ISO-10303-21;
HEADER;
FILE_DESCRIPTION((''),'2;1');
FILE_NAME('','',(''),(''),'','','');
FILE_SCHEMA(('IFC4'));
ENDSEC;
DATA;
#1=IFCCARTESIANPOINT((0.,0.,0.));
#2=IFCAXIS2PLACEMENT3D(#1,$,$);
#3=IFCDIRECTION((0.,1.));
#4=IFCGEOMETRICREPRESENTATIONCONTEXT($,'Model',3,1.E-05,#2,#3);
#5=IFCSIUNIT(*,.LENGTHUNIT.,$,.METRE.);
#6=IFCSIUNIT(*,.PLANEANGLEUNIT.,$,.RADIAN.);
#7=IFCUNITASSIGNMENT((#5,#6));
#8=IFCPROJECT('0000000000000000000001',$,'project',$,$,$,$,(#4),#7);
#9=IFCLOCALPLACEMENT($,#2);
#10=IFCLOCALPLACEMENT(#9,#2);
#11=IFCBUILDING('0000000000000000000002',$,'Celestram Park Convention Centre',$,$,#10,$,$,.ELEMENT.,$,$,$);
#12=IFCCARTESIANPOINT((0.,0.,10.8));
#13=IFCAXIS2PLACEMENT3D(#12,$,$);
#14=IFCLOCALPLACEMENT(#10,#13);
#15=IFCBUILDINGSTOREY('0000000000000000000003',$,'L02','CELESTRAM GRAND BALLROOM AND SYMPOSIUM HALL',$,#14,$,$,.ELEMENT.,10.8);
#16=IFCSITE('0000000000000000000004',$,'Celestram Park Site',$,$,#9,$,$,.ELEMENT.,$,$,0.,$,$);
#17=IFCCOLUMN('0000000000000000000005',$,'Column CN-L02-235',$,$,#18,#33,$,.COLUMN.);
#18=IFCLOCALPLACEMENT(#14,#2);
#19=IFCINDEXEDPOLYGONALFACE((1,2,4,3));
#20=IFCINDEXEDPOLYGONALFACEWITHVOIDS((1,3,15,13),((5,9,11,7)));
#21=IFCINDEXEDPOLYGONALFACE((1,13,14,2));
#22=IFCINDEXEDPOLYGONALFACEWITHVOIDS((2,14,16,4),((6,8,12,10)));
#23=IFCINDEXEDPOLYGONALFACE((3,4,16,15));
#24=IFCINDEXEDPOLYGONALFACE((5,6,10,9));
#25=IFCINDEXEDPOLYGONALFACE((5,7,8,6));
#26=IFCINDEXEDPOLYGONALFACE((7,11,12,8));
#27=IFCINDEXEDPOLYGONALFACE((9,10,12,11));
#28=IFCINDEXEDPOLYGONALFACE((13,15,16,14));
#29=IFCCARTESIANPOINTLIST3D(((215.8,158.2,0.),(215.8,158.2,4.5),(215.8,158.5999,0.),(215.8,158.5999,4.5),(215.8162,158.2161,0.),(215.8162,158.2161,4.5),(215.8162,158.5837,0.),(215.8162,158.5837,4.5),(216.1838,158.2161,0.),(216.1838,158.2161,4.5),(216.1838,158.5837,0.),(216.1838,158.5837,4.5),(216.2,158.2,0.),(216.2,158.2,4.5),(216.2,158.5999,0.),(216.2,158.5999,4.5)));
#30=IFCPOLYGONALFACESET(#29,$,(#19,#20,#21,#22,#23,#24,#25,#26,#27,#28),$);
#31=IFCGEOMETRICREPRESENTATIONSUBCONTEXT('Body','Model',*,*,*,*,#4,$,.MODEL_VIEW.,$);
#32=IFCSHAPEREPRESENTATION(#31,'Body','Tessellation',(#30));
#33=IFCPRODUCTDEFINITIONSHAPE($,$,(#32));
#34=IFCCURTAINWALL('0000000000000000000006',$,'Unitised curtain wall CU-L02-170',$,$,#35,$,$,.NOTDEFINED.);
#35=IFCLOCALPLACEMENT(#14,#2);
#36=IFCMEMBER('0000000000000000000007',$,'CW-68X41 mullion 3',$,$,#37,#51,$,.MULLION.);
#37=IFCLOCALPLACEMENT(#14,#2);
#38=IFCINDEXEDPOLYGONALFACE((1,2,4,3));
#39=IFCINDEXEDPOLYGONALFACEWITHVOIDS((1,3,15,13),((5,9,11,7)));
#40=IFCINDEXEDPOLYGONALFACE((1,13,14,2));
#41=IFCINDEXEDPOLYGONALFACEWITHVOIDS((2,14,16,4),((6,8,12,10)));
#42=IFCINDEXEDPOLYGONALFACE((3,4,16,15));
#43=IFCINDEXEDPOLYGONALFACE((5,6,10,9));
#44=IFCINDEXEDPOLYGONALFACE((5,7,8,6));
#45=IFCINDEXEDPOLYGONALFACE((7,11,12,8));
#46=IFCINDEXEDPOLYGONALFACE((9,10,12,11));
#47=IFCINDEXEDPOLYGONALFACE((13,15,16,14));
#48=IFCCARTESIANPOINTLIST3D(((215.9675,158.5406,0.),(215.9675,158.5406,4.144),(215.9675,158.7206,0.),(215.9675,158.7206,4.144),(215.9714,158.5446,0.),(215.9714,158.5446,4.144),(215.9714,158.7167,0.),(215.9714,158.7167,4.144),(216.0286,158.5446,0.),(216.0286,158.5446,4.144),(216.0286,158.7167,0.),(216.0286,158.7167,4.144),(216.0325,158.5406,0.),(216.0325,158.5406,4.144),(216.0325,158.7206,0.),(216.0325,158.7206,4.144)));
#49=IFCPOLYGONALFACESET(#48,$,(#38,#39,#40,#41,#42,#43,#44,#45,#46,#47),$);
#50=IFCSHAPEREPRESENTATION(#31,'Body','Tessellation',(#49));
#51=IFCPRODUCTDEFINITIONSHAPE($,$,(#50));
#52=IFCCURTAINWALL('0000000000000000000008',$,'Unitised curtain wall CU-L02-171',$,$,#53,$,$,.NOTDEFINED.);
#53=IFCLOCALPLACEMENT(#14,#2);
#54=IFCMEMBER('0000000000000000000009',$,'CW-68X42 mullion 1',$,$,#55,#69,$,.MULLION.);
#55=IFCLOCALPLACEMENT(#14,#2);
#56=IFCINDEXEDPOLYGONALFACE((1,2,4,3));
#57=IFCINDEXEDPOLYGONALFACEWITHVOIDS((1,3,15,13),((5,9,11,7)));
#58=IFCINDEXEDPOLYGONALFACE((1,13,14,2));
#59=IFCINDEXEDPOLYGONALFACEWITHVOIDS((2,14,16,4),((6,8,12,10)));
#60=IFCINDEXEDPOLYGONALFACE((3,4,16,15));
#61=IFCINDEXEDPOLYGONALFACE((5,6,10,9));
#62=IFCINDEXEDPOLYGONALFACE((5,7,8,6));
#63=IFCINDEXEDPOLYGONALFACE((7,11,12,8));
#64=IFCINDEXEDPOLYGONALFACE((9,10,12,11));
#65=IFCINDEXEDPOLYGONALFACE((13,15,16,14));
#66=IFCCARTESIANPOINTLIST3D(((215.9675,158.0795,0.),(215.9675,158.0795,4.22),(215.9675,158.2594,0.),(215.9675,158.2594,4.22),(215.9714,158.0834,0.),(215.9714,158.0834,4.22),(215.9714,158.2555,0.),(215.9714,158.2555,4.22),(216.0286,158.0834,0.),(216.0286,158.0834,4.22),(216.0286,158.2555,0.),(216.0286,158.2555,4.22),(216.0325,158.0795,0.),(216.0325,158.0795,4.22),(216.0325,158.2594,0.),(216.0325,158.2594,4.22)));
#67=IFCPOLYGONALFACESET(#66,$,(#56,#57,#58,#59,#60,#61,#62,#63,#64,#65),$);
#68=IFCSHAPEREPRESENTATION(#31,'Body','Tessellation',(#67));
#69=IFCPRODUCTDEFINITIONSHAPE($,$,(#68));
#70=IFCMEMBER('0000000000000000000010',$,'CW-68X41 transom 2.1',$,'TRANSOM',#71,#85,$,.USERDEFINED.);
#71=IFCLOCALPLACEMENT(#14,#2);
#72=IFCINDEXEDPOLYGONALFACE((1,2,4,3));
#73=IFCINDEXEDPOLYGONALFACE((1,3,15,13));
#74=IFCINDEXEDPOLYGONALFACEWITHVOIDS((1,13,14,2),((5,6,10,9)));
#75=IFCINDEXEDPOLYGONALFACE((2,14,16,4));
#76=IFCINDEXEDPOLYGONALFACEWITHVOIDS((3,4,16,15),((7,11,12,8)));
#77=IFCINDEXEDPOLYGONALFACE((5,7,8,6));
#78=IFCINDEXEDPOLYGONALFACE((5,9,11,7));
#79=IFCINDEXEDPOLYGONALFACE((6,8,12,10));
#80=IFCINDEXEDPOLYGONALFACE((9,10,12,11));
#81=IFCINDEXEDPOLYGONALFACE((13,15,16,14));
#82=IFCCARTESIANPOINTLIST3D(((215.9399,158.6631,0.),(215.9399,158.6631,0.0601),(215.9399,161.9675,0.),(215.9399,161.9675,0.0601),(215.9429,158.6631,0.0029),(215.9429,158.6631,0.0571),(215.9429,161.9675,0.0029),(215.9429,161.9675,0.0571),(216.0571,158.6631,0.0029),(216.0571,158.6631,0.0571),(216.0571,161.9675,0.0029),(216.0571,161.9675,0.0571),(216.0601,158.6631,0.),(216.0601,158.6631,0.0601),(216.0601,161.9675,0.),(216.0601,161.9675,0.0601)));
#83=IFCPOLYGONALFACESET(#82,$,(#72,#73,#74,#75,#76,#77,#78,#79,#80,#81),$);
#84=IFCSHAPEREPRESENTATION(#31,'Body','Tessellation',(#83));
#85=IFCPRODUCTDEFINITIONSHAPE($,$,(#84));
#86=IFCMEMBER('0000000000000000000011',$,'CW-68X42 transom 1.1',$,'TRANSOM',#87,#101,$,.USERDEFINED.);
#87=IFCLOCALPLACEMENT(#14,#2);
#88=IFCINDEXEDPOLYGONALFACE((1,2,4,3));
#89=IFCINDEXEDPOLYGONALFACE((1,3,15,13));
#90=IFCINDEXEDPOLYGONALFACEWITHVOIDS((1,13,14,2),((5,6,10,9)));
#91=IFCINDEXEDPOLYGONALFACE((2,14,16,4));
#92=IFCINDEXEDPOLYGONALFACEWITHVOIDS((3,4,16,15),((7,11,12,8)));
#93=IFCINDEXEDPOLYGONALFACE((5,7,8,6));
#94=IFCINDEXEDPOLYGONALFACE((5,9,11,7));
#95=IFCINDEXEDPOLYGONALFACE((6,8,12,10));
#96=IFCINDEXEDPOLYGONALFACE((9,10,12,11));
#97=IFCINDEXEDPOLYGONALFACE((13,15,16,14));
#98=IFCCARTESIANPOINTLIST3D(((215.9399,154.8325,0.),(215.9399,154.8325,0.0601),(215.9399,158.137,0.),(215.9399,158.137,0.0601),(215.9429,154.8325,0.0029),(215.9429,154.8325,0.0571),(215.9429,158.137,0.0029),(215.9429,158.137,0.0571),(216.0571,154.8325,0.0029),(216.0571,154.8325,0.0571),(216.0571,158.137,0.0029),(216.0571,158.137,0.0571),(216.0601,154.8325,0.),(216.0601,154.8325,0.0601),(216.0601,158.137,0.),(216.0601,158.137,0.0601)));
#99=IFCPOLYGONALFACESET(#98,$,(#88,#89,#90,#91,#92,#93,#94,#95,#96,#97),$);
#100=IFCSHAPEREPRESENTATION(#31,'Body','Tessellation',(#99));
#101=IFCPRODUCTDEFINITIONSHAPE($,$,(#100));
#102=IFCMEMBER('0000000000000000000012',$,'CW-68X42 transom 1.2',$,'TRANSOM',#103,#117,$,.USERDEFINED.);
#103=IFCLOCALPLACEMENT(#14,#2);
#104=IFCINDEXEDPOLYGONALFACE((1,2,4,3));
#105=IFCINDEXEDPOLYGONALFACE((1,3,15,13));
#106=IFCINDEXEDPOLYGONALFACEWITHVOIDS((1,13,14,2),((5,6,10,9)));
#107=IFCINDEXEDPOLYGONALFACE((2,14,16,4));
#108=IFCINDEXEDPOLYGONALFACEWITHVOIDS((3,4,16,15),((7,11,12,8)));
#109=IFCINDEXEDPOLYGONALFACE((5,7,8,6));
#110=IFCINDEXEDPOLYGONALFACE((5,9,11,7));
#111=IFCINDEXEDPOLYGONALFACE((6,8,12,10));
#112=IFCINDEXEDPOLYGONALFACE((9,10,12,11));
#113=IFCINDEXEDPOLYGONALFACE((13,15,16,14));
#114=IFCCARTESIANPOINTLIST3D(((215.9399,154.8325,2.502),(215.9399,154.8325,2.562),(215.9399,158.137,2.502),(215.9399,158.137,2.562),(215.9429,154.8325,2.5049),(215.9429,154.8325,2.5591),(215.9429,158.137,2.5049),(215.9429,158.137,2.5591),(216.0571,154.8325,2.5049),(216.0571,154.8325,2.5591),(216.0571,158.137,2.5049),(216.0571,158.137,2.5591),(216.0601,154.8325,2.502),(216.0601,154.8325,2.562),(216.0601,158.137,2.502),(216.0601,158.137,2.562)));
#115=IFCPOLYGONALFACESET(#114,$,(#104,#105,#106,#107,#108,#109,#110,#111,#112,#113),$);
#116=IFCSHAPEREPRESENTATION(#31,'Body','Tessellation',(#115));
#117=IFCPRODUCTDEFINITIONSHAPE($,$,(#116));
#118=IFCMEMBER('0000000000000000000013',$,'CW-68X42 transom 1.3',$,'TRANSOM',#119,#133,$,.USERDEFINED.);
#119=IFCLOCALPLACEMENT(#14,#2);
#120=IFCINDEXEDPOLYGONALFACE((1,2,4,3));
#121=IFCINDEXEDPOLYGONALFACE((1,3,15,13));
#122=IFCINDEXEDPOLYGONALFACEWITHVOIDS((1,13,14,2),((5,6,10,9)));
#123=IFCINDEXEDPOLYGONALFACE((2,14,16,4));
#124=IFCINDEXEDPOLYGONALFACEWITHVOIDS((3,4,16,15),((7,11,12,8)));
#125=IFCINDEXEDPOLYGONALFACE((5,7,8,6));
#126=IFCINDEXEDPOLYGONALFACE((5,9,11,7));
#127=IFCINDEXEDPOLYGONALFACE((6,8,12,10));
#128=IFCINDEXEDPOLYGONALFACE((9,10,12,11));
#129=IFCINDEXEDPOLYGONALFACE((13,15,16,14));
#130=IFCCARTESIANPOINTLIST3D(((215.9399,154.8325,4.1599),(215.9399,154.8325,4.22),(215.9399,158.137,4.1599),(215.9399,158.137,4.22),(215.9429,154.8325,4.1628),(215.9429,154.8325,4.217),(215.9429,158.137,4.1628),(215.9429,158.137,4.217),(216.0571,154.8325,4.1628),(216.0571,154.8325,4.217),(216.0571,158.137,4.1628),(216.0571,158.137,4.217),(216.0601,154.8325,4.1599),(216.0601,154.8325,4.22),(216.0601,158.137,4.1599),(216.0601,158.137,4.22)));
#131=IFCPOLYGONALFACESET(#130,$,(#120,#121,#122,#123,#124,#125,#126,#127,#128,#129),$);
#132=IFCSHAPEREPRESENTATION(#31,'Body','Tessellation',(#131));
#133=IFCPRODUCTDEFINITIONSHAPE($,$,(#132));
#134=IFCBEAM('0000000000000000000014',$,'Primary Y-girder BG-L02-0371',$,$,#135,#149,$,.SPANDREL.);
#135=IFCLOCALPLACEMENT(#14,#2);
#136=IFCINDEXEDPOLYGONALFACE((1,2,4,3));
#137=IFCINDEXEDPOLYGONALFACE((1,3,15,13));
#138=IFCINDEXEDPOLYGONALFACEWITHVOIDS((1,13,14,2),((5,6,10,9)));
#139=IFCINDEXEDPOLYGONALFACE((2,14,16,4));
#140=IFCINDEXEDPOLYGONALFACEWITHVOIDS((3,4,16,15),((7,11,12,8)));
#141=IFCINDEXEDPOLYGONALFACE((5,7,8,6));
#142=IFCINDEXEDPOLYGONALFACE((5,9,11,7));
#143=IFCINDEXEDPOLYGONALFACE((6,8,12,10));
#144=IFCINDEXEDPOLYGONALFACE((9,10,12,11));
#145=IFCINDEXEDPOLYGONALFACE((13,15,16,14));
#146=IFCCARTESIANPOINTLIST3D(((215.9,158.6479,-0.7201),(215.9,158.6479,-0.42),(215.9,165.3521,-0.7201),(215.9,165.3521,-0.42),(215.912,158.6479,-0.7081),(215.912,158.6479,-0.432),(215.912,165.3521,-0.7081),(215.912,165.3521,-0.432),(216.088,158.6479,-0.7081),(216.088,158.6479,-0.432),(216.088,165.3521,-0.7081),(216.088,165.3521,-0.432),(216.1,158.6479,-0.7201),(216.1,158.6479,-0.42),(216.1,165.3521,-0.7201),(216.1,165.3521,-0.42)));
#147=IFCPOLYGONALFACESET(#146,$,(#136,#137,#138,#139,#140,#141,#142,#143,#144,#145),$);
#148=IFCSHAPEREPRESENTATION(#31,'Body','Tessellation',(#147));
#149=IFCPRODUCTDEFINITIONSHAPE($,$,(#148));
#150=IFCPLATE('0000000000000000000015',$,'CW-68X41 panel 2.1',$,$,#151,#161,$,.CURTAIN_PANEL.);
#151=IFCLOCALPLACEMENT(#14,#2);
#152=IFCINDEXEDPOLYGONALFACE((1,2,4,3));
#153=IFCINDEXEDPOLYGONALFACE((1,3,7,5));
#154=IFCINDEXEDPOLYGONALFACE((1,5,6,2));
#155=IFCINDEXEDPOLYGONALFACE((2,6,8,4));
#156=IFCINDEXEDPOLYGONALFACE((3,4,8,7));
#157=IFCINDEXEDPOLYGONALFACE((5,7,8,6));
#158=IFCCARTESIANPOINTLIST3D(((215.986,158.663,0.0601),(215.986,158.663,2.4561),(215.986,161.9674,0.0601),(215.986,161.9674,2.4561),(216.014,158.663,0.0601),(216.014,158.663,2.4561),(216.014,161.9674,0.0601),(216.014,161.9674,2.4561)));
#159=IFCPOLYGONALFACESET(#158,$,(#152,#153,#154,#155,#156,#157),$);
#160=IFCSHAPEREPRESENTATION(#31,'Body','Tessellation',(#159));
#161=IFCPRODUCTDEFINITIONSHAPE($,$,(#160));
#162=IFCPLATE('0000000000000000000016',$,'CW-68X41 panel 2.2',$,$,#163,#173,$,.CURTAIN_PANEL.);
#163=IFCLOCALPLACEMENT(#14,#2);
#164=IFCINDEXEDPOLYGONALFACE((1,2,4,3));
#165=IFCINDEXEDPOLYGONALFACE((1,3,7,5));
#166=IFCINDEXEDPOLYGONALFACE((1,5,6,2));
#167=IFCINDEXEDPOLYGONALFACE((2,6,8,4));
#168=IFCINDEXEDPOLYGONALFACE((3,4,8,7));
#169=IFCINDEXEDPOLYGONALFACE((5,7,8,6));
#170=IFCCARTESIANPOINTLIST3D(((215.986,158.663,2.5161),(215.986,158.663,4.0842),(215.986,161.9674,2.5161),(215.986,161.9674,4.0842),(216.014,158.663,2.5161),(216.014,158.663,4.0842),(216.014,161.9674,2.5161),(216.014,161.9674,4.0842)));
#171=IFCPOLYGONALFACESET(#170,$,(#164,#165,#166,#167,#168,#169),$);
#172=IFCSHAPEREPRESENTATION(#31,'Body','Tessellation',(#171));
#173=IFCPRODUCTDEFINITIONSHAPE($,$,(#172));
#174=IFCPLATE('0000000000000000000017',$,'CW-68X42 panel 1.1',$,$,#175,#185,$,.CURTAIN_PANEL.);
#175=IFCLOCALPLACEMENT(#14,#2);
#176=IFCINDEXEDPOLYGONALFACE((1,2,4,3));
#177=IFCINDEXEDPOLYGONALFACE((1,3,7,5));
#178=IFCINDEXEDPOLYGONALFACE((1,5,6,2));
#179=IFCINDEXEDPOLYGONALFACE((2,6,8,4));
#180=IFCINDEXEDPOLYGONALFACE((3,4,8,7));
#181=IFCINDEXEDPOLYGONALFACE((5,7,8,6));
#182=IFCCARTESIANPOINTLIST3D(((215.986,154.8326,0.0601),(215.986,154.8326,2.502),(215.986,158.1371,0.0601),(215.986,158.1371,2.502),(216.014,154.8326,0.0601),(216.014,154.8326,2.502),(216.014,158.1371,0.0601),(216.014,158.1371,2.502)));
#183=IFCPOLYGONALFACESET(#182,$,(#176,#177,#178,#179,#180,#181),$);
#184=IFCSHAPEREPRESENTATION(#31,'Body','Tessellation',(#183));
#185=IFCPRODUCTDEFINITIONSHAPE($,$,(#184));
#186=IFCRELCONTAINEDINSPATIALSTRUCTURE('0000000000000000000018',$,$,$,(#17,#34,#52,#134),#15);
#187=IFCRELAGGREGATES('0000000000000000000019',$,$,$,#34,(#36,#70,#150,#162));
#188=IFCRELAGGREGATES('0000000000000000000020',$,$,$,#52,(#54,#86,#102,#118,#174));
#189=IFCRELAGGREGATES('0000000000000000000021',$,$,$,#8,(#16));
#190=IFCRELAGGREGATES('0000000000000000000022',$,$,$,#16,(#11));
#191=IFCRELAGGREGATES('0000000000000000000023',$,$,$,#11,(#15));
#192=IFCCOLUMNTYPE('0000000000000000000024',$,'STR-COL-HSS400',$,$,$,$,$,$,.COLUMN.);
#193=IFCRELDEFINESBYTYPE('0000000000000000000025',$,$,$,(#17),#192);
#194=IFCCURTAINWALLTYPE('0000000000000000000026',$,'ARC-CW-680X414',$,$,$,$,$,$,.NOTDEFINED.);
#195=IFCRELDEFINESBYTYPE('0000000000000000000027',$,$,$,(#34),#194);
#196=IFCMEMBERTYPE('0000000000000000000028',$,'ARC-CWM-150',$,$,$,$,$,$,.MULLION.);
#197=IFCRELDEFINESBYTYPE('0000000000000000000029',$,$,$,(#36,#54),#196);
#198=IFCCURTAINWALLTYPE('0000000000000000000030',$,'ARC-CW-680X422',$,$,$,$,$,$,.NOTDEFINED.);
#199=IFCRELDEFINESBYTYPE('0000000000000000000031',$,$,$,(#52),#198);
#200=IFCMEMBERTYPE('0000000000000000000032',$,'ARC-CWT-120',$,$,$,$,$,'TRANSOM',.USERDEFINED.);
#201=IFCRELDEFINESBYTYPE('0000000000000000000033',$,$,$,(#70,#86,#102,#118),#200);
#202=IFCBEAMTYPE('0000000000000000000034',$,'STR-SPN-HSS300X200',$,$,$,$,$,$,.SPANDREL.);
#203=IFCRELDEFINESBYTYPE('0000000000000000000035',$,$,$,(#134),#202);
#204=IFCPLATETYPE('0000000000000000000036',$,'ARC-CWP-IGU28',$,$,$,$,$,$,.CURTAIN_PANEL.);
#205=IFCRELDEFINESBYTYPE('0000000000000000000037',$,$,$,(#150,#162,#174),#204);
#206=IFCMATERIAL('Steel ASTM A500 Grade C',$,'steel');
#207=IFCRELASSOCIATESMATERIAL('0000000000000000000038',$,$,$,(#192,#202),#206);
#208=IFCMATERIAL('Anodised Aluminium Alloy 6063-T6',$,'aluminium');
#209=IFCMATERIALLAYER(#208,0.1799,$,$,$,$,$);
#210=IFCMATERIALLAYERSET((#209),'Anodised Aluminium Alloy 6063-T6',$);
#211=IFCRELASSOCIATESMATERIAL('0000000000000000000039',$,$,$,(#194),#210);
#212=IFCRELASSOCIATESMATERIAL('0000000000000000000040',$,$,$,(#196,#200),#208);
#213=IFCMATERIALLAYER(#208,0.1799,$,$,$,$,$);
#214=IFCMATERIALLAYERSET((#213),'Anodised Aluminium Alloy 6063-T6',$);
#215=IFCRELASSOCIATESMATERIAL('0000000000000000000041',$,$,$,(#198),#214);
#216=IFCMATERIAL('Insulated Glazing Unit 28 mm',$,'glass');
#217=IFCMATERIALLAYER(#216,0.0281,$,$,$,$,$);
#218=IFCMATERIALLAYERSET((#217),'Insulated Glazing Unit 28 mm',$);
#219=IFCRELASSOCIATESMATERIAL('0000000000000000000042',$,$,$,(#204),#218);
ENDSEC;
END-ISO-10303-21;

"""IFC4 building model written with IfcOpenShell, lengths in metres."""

from ifc_helpers import new_model, si_unit, direction, frame, origin, origin_2d, place, context, subcontext, project, spatial, rectangle, hollow_rectangle, extrude, material, layer, layer_set, material_profile, profile_set, type_object, element, aggregate, save


model = new_model("IFC4")

# Units and contexts
model_context = context("Model", 3, precision=1e-05, world=origin(), true_north=direction((0.0, 1.0)))
body_context = subcontext(model_context, "Body", "Model", "MODEL_VIEW")
ifc_project = project(units=[si_unit("LENGTHUNIT", "METRE"), si_unit("PLANEANGLEUNIT", "RADIAN")], contexts=[model_context])

# Site, building, storey
site_placement = place(None, origin())
site = spatial("IfcSite", under=ifc_project, at=site_placement, Name="Celestram Park Site", CompositionType="ELEMENT", RefElevation=0.0)
building_placement = place(site_placement, origin())
building = spatial("IfcBuilding", under=site, at=building_placement, Name="Celestram Park Convention Centre", CompositionType="ELEMENT")
storey_placement = place(building_placement, frame((0.0, 0.0, 10.8)))
storey = spatial("IfcBuildingStorey", under=building, at=storey_placement, Name="L02", Description="CELESTRAM GRAND BALLROOM AND SYMPOSIUM HALL", CompositionType="ELEMENT", Elevation=10.8)

# Column
ifc_material_1 = material(Name="Steel ASTM A500 Grade C", Category="steel")
ifc_material_profile_1 = material_profile(ifc_material_1, hollow_rectangle(XDim=0.3999, YDim=0.3999, WallThickness=0.0161, at=origin_2d()), Name="HSS400X400X16")
ifc_profile_set_1 = profile_set([ifc_material_profile_1], Name="Steel ASTM A500 Grade C")
column_type = type_object("IfcColumnType", Name="STR-COL-HSS400", PredefinedType="COLUMN", material=ifc_profile_set_1)
column_placement = place(storey_placement, frame((216.0, 158.3999, 0.0), z_axis=(0.0, 0.0, 1.0), x_axis=(1.0, 0.0, 0.0)))
element("IfcColumn", 1, at=column_placement, inside=storey, type_object=column_type, Name="Column CN-L02-235", PredefinedType="COLUMN", context=body_context, shape_type="SweptSolid", body=[
    extrude(hollow_rectangle(XDim=0.3999, YDim=0.3999, WallThickness=0.0161, at=origin_2d()), origin(), (0.0, 0.0, 1.0), 4.5),
])

# Curtain walls, members
ifc_material_2 = material(Name="Anodised Aluminium Alloy 6063-T6", Category="aluminium")
ifc_layer_1 = layer(ifc_material_2, 0.1799)
ifc_layer_set_1 = layer_set([ifc_layer_1], Name="Anodised Aluminium Alloy 6063-T6")
curtain_wall_type_1 = type_object("IfcCurtainWallType", Name="ARC-CW-680X414", PredefinedType="NOTDEFINED", material=ifc_layer_set_1)
curtain_wall_1_placement = place(storey_placement, origin())
curtain_wall_1 = element("IfcCurtainWall", 2, at=curtain_wall_1_placement, inside=storey, type_object=curtain_wall_type_1, Name="Unitised curtain wall CU-L02-170", PredefinedType="NOTDEFINED")
ifc_material_profile_2 = material_profile(ifc_material_2, hollow_rectangle(XDim=0.0649, YDim=0.1799, WallThickness=0.0039, at=origin_2d()), Name="ALU65X180X4")
ifc_profile_set_2 = profile_set([ifc_material_profile_2], Name="Anodised Aluminium Alloy 6063-T6")
member_type_1 = type_object("IfcMemberType", Name="ARC-CWM-150", PredefinedType="MULLION", material=ifc_profile_set_2)
member_1_placement = place(storey_placement, frame((216.0, 158.6306, 0.0), z_axis=(0.0, 0.0, 1.0), x_axis=(1.0, 0.0, 0.0)))
member_1 = element("IfcMember", 3, at=member_1_placement, type_object=member_type_1, Name="CW-68X41 mullion 3", PredefinedType="MULLION", context=body_context, shape_type="SweptSolid", body=[
    extrude(hollow_rectangle(XDim=0.0649, YDim=0.1799, WallThickness=0.0039, at=origin_2d()), origin(), (0.0, 0.0, 1.0), 4.144),
])
ifc_layer_2 = layer(ifc_material_2, 0.1799)
ifc_layer_set_2 = layer_set([ifc_layer_2], Name="Anodised Aluminium Alloy 6063-T6")
curtain_wall_type_2 = type_object("IfcCurtainWallType", Name="ARC-CW-680X422", PredefinedType="NOTDEFINED", material=ifc_layer_set_2)
curtain_wall_2_placement = place(storey_placement, origin())
curtain_wall_2 = element("IfcCurtainWall", 4, at=curtain_wall_2_placement, inside=storey, type_object=curtain_wall_type_2, Name="Unitised curtain wall CU-L02-171", PredefinedType="NOTDEFINED")
member_2_placement = place(storey_placement, frame((216.0, 158.1694, 0.0), z_axis=(0.0, 0.0, 1.0), x_axis=(1.0, 0.0, 0.0)))
member_2 = element("IfcMember", 5, at=member_2_placement, type_object=member_type_1, Name="CW-68X42 mullion 1", PredefinedType="MULLION", context=body_context, shape_type="SweptSolid", body=[
    extrude(hollow_rectangle(XDim=0.0649, YDim=0.1799, WallThickness=0.0039, at=origin_2d()), origin(), (0.0, 0.0, 1.0), 4.22),
])

# Members
ifc_material_profile_3 = material_profile(ifc_material_2, hollow_rectangle(XDim=0.1201, YDim=0.0601, WallThickness=0.0029, at=origin_2d()), Name="ALU120X60X3")
ifc_profile_set_3 = profile_set([ifc_material_profile_3], Name="Anodised Aluminium Alloy 6063-T6")
member_type_2 = type_object("IfcMemberType", Name="ARC-CWT-120", ElementType="TRANSOM", PredefinedType="USERDEFINED", material=ifc_profile_set_3)
member_3_placement = place(storey_placement, frame((216.0, 161.9675, 0.03), z_axis=(0.0, -1.0, 0.0), x_axis=(1.0, 0.0, 0.0)))
member_3 = element("IfcMember", 6, at=member_3_placement, type_object=member_type_2, Name="CW-68X41 transom 2.1", ObjectType="TRANSOM", PredefinedType="USERDEFINED", context=body_context, shape_type="SweptSolid", body=[
    extrude(hollow_rectangle(XDim=0.1201, YDim=0.0601, WallThickness=0.0029, at=origin_2d()), origin(), (0.0, 0.0, 1.0), 3.3044),
])
member_4_placement = place(storey_placement, frame((216.0, 158.137, 0.03), z_axis=(0.0, -1.0, 0.0), x_axis=(1.0, 0.0, 0.0)))
member_4 = element("IfcMember", 7, at=member_4_placement, type_object=member_type_2, Name="CW-68X42 transom 1.1", ObjectType="TRANSOM", PredefinedType="USERDEFINED", context=body_context, shape_type="SweptSolid", body=[
    extrude(hollow_rectangle(XDim=0.1201, YDim=0.0601, WallThickness=0.0029, at=origin_2d()), origin(), (0.0, 0.0, 1.0), 3.3044),
])
member_5_placement = place(storey_placement, frame((216.0, 158.137, 2.532), z_axis=(0.0, -1.0, 0.0), x_axis=(1.0, 0.0, 0.0)))
member_5 = element("IfcMember", 8, at=member_5_placement, type_object=member_type_2, Name="CW-68X42 transom 1.2", ObjectType="TRANSOM", PredefinedType="USERDEFINED", context=body_context, shape_type="SweptSolid", body=[
    extrude(hollow_rectangle(XDim=0.1201, YDim=0.0601, WallThickness=0.0029, at=origin_2d()), origin(), (0.0, 0.0, 1.0), 3.3044),
])
member_6_placement = place(storey_placement, frame((216.0, 158.137, 4.1899), z_axis=(0.0, -1.0, 0.0), x_axis=(1.0, 0.0, 0.0)))
member_6 = element("IfcMember", 9, at=member_6_placement, type_object=member_type_2, Name="CW-68X42 transom 1.3", ObjectType="TRANSOM", PredefinedType="USERDEFINED", context=body_context, shape_type="SweptSolid", body=[
    extrude(hollow_rectangle(XDim=0.1201, YDim=0.0601, WallThickness=0.0029, at=origin_2d()), origin(), (0.0, 0.0, 1.0), 3.3044),
])

# Beam
ifc_material_profile_4 = material_profile(ifc_material_1, hollow_rectangle(XDim=0.2, YDim=0.3, WallThickness=0.012, at=origin_2d()), Name="HSS300X200X12")
ifc_profile_set_4 = profile_set([ifc_material_profile_4], Name="Steel ASTM A500 Grade C")
beam_type = type_object("IfcBeamType", Name="STR-SPN-HSS300X200", PredefinedType="SPANDREL", material=ifc_profile_set_4)
beam_placement = place(storey_placement, frame((216.0, 158.6479, -0.5701), z_axis=(0.0, 1.0, 0.0), x_axis=(-1.0, 0.0, 0.0)))
element("IfcBeam", 10, at=beam_placement, inside=storey, type_object=beam_type, Name="Primary Y-girder BG-L02-0371", PredefinedType="SPANDREL", context=body_context, shape_type="SweptSolid", body=[
    extrude(hollow_rectangle(XDim=0.2, YDim=0.3, WallThickness=0.012, at=origin_2d()), origin(), (0.0, 0.0, 1.0), 6.7041),
])

# Plates
ifc_material_3 = material(Name="Insulated Glazing Unit 28 mm", Category="glass")
ifc_layer_3 = layer(ifc_material_3, 0.0281)
ifc_layer_set_3 = layer_set([ifc_layer_3], Name="Insulated Glazing Unit 28 mm")
plate_type = type_object("IfcPlateType", Name="ARC-CWP-IGU28", PredefinedType="CURTAIN_PANEL", material=ifc_layer_set_3)
plate_1_placement = place(storey_placement, frame((216.0, 160.3152, 0.0601), z_axis=(0.0, 0.0, 1.0), x_axis=(0.0, -1.0, 0.0)))
plate_1 = element("IfcPlate", 11, at=plate_1_placement, type_object=plate_type, Name="CW-68X41 panel 2.1", PredefinedType="CURTAIN_PANEL", context=body_context, shape_type="SweptSolid", body=[
    extrude(rectangle(XDim=3.3044, YDim=0.0281, at=origin_2d()), origin(), (0.0, 0.0, 1.0), 2.396),
])
plate_2_placement = place(storey_placement, frame((216.0, 160.3152, 2.5161), z_axis=(0.0, 0.0, 1.0), x_axis=(0.0, -1.0, 0.0)))
plate_2 = element("IfcPlate", 12, at=plate_2_placement, type_object=plate_type, Name="CW-68X41 panel 2.2", PredefinedType="CURTAIN_PANEL", context=body_context, shape_type="SweptSolid", body=[
    extrude(rectangle(XDim=3.3044, YDim=0.0281, at=origin_2d()), origin(), (0.0, 0.0, 1.0), 1.5681),
])
aggregate(curtain_wall_1, [member_1, member_3, plate_1, plate_2])
plate_3_placement = place(storey_placement, frame((216.0, 156.4849, 0.0601), z_axis=(0.0, 0.0, 1.0), x_axis=(0.0, -1.0, 0.0)))
plate_3 = element("IfcPlate", 13, at=plate_3_placement, type_object=plate_type, Name="CW-68X42 panel 1.1", PredefinedType="CURTAIN_PANEL", context=body_context, shape_type="SweptSolid", body=[
    extrude(rectangle(XDim=3.3044, YDim=0.0281, at=origin_2d()), origin(), (0.0, 0.0, 1.0), 2.4419),
])
aggregate(curtain_wall_2, [member_2, member_4, member_5, member_6, plate_3])

save(model, "model.ifc")
